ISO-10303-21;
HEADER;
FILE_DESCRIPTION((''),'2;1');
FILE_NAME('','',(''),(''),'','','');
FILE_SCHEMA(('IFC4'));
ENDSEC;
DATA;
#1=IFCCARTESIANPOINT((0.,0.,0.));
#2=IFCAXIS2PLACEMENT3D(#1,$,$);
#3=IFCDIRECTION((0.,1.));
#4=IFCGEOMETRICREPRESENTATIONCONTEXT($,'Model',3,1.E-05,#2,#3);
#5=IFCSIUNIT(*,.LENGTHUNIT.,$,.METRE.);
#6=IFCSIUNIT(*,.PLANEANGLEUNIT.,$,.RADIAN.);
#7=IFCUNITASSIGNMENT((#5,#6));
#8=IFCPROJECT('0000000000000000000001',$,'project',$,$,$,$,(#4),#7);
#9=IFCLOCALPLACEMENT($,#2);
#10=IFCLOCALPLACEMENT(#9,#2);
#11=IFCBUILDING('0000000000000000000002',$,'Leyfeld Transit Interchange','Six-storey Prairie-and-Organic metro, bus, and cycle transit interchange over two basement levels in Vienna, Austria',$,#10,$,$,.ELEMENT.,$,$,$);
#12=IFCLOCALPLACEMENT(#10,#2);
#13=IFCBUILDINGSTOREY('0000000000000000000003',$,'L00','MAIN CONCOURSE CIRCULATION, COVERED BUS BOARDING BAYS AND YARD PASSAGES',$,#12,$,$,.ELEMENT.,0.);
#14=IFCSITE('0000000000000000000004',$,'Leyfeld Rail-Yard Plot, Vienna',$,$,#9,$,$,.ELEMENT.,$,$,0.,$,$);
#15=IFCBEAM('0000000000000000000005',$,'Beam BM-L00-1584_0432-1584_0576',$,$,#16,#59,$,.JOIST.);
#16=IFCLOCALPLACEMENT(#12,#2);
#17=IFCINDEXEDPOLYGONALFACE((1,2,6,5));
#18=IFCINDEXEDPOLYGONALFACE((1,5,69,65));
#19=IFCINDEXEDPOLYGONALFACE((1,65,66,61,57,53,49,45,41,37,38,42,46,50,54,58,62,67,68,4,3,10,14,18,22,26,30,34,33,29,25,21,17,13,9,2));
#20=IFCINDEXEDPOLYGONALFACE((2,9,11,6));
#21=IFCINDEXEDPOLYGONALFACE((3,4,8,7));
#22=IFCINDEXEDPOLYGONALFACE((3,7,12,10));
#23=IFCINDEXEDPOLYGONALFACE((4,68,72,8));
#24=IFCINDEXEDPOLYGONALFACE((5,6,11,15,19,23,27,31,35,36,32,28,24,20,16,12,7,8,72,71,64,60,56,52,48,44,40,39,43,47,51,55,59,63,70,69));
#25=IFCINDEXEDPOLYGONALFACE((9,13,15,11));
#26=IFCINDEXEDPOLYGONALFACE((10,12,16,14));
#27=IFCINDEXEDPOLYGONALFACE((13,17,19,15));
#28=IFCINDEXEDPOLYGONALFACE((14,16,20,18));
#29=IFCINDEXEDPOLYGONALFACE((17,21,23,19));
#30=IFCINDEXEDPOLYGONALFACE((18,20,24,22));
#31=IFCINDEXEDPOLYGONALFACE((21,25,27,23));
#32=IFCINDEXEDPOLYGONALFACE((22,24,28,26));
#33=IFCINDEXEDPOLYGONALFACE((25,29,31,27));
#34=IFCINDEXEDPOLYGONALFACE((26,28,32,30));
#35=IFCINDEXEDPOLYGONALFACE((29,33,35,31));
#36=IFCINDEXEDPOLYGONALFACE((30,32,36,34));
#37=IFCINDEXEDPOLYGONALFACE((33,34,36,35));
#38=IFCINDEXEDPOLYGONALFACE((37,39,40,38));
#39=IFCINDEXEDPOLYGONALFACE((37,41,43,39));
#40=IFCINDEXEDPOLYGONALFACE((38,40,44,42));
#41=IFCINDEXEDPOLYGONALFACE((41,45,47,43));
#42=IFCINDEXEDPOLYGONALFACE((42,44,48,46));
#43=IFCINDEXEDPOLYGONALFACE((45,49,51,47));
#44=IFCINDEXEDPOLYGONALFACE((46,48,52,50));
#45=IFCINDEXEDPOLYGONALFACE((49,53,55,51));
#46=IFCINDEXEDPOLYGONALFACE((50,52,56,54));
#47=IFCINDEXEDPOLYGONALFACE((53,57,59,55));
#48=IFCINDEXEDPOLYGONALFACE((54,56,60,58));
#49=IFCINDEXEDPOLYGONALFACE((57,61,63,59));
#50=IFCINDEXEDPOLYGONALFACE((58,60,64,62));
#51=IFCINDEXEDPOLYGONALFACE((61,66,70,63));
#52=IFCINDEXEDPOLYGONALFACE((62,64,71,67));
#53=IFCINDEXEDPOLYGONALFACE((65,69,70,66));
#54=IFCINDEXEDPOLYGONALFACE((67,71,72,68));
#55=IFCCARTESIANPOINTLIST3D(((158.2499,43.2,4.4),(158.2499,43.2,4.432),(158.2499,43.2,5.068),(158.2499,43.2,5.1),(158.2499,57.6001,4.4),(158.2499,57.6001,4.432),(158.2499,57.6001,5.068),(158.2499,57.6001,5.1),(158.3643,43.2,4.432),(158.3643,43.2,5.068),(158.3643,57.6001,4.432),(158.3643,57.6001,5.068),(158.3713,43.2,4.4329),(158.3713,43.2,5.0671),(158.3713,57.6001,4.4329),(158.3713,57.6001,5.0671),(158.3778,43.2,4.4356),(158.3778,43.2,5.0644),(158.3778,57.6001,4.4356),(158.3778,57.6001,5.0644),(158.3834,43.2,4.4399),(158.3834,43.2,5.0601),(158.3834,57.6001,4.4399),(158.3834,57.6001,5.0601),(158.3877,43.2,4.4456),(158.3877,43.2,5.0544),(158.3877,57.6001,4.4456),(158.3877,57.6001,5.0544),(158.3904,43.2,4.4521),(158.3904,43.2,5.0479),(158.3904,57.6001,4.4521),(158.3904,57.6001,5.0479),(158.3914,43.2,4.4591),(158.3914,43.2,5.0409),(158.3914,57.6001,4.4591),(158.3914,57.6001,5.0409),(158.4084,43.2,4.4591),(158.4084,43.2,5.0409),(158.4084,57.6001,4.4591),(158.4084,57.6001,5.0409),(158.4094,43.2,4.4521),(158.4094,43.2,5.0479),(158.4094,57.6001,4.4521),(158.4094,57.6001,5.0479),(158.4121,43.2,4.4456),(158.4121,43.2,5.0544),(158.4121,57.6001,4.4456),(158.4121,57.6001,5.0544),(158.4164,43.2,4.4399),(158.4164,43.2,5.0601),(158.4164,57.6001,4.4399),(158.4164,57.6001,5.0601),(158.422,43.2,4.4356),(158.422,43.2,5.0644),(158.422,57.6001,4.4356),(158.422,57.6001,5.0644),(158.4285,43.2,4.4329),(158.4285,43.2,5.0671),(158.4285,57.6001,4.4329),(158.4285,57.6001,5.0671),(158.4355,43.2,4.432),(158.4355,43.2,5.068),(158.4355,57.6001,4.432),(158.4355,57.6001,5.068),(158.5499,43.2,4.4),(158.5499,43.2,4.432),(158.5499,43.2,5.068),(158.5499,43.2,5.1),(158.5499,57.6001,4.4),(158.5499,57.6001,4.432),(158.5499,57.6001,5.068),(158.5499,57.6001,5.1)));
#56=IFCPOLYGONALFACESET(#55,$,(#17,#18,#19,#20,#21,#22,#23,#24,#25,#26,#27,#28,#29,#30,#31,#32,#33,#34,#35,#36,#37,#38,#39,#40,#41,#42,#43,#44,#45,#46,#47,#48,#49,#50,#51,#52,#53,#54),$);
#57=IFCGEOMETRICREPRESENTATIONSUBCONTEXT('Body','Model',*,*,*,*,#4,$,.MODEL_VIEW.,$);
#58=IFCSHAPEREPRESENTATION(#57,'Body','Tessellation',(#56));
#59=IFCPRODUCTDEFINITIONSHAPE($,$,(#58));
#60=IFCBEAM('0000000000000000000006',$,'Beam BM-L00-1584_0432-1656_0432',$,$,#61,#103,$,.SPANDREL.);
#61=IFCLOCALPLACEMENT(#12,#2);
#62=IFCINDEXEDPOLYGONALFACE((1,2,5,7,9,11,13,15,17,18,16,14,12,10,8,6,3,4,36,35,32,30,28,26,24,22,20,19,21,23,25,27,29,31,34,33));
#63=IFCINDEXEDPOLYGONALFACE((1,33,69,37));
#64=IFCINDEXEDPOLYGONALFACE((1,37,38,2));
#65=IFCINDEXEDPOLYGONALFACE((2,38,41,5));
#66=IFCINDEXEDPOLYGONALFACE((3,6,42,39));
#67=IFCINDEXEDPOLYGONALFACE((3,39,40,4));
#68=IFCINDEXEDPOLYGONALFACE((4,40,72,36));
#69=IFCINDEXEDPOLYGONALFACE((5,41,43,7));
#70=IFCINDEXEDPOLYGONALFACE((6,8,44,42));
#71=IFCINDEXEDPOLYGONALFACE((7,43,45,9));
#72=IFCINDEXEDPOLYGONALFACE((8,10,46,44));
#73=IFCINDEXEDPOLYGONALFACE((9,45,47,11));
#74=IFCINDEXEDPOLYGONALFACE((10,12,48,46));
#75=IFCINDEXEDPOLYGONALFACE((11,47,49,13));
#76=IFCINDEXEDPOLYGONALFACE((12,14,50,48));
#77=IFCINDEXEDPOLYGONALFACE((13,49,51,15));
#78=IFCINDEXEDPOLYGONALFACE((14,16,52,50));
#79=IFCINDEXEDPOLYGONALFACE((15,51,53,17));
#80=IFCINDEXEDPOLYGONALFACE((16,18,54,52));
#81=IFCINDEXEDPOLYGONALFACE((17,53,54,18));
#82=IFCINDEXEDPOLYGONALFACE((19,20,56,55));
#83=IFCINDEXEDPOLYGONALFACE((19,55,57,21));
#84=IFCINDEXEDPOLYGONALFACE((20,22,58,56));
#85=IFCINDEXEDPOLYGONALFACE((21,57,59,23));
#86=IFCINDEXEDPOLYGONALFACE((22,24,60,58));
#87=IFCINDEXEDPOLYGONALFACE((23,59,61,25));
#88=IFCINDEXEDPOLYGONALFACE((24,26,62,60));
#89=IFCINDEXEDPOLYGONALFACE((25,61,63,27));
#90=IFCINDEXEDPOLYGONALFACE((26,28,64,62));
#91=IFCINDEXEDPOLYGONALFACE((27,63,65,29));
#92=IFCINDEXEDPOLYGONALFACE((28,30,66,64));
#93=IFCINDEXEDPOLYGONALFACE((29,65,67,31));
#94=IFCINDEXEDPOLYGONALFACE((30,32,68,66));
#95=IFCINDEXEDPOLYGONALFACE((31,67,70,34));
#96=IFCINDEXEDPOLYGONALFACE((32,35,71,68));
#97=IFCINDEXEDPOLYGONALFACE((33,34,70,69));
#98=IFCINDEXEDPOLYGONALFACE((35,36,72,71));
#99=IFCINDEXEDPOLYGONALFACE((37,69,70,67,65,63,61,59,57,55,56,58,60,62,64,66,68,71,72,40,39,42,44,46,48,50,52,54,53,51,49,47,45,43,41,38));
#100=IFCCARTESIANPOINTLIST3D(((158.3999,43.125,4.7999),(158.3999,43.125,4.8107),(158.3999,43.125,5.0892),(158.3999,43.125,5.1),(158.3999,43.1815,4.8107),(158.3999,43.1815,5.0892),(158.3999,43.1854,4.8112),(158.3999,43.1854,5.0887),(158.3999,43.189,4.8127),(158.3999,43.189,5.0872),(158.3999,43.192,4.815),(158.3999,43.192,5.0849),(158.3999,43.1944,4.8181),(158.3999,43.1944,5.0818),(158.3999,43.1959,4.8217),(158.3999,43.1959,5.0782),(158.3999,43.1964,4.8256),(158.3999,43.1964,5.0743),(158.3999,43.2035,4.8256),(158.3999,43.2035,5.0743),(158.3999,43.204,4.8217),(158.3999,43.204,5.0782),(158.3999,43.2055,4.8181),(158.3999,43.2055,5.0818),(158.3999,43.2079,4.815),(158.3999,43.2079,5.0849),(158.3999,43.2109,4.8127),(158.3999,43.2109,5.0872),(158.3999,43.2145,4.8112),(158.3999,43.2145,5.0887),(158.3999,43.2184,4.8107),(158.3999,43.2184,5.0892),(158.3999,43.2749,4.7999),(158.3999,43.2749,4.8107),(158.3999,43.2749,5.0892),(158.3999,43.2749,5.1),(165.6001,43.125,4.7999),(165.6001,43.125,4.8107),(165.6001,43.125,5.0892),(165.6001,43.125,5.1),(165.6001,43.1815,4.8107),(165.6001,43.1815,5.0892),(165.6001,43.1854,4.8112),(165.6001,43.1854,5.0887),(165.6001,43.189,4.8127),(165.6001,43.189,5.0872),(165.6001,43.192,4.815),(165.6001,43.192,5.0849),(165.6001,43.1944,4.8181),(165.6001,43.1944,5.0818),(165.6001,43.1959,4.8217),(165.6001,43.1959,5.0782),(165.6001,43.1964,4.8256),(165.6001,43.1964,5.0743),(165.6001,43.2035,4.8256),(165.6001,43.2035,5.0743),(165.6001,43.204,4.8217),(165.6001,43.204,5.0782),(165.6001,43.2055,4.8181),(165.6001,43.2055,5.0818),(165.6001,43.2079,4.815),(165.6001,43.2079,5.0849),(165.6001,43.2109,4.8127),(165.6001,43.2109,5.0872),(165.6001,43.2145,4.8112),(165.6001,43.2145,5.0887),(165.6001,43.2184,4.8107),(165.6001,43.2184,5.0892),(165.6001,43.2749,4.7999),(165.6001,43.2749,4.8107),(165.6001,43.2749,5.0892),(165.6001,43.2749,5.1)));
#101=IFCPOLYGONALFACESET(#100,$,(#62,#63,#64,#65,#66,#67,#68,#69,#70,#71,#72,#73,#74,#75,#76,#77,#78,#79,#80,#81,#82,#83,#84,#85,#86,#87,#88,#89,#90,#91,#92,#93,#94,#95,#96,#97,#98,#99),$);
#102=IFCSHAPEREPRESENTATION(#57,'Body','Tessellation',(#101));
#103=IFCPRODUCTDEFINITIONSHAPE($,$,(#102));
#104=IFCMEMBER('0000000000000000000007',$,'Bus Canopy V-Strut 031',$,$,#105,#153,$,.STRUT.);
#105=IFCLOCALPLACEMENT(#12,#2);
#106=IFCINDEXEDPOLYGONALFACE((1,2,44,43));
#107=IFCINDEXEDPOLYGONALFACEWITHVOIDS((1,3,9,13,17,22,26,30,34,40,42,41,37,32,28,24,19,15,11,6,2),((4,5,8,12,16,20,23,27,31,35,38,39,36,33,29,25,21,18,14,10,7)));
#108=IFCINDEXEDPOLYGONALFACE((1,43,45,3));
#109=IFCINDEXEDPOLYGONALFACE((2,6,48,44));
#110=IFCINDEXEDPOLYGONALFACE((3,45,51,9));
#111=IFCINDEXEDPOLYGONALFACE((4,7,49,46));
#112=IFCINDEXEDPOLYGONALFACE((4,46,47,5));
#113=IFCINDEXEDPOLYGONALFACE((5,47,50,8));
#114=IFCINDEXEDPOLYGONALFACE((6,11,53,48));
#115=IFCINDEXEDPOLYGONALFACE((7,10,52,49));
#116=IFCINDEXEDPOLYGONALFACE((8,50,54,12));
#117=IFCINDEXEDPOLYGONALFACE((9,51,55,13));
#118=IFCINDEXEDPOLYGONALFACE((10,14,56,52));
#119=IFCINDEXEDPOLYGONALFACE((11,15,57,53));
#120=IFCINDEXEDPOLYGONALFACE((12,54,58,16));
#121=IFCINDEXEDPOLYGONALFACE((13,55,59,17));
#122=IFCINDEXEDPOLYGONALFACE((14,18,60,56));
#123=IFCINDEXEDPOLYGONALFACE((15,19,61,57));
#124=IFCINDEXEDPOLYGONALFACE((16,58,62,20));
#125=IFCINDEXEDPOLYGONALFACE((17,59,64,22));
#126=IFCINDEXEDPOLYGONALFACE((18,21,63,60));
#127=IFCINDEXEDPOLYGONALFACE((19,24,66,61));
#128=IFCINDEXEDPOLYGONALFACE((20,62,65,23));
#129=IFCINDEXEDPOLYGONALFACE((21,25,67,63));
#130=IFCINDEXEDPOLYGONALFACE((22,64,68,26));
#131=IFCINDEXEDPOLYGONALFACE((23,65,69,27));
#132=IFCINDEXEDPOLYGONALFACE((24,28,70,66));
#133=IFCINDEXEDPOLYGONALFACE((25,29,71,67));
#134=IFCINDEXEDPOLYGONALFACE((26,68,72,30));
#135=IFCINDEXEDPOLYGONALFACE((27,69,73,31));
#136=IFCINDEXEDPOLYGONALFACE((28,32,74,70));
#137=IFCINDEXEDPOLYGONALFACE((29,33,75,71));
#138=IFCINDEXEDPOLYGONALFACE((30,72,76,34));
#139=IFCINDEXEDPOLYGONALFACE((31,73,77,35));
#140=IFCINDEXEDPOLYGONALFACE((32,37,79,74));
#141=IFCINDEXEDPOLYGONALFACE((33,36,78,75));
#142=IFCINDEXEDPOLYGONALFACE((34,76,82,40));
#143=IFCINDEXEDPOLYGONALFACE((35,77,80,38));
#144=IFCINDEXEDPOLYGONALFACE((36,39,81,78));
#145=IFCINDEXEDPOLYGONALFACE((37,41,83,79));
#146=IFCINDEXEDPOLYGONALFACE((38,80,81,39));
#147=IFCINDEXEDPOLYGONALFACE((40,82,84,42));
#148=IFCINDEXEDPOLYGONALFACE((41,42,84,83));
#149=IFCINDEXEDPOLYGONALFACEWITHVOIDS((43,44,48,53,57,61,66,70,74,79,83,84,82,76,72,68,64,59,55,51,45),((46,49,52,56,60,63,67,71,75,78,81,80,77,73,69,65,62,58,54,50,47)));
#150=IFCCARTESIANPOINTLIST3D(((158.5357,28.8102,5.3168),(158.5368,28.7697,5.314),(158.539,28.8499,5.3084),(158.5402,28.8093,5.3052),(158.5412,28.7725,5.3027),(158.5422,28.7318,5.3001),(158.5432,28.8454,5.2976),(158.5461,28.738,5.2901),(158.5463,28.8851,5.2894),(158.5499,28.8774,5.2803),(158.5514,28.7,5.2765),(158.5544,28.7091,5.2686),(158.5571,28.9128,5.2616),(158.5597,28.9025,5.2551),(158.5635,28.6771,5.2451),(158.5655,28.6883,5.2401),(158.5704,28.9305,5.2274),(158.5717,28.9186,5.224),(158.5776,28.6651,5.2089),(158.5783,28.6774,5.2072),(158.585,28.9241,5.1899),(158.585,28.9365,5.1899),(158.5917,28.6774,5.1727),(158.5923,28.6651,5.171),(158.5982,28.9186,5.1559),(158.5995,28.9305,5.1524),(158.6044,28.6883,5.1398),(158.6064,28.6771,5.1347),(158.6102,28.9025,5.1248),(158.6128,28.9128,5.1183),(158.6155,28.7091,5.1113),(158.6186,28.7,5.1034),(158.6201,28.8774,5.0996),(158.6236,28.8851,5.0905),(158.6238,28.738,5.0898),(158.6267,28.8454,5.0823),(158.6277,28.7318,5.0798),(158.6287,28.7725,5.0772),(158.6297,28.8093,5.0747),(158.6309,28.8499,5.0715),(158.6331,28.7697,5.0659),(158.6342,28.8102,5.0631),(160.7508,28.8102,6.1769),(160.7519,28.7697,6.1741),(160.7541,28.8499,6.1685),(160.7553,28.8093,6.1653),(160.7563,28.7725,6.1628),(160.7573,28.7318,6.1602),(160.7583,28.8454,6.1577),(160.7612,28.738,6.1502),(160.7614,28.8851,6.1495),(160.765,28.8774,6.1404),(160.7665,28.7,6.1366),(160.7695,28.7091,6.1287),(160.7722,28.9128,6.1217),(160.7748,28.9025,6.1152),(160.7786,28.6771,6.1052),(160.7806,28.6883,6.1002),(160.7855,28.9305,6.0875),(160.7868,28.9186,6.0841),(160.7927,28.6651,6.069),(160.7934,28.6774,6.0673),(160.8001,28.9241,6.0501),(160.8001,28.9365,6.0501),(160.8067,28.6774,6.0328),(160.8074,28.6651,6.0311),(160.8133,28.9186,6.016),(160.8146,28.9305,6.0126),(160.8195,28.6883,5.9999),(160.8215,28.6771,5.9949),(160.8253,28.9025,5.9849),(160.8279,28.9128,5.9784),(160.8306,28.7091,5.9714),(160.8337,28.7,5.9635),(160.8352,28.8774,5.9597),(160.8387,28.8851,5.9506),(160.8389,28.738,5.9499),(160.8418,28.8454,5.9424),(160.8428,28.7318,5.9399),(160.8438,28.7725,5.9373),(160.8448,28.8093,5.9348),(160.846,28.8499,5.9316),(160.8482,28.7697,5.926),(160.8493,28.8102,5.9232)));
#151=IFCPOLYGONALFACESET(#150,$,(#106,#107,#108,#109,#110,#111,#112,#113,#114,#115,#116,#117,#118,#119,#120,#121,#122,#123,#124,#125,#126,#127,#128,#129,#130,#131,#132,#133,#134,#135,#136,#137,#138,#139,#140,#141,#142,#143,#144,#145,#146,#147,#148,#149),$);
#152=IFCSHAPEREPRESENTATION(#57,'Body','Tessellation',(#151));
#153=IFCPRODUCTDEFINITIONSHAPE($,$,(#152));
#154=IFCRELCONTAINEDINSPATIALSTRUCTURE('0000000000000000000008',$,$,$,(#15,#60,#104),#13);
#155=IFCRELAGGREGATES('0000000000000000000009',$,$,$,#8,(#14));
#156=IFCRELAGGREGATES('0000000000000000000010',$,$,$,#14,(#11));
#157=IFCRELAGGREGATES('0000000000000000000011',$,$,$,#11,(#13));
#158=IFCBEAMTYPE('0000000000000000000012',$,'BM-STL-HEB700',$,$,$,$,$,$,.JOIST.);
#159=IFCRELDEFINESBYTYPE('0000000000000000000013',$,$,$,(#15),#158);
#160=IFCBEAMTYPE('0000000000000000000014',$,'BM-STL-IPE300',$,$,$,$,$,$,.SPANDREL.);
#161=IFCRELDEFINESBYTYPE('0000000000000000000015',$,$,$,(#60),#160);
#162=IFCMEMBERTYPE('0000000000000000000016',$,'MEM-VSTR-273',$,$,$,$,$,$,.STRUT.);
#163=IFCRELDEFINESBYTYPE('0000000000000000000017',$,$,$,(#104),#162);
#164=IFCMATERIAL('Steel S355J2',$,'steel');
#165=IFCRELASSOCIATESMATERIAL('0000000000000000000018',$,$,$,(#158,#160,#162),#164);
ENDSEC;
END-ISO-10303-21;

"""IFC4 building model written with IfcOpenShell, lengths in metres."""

from ifc_helpers import new_model, si_unit, direction, frame, origin, origin_2d, place, context, subcontext, project, spatial, hollow_circle, i_section, extrude, material, material_profile, profile_set, type_object, element, save


model = new_model("IFC4")

# Units and contexts
model_context = context("Model", 3, precision=1e-05, world=origin(), true_north=direction((0.0, 1.0)))
body_context = subcontext(model_context, "Body", "Model", "MODEL_VIEW")
ifc_project = project(units=[si_unit("LENGTHUNIT", "METRE"), si_unit("PLANEANGLEUNIT", "RADIAN")], contexts=[model_context])

# Site, building, storey
site_placement = place(None, origin())
site = spatial("IfcSite", under=ifc_project, at=site_placement, Name="Leyfeld Rail-Yard Plot, Vienna", CompositionType="ELEMENT", RefElevation=0.0)
building_placement = place(site_placement, origin())
building = spatial("IfcBuilding", under=site, at=building_placement, Name="Leyfeld Transit Interchange", Description="Six-storey Prairie-and-Organic metro, bus, and cycle transit interchange over two basement levels in Vienna, Austria", CompositionType="ELEMENT")
storey_placement = place(building_placement, origin())
storey = spatial("IfcBuildingStorey", under=building, at=storey_placement, Name="L00", Description="MAIN CONCOURSE CIRCULATION, COVERED BUS BOARDING BAYS AND YARD PASSAGES", CompositionType="ELEMENT", Elevation=0.0)

# Shared definitions
ifc_material_1 = material(Name="Steel S355J2", Category="steel")

# Beams
ifc_material_profile_1 = material_profile(ifc_material_1, i_section(OverallWidth=0.3, OverallDepth=0.7, WebThickness=0.0171, FlangeThickness=0.032, FilletRadius=0.0271, at=origin_2d()), Name="HEB 700")
ifc_profile_set_1 = profile_set([ifc_material_profile_1], Name="Steel S355J2")
beam_type_1 = type_object("IfcBeamType", Name="BM-STL-HEB700", PredefinedType="JOIST", material=ifc_profile_set_1)
beam_1_placement = place(storey_placement, frame((158.3999, 43.2, 4.75), z_axis=(0.0, 1.0, 0.0), x_axis=(-1.0, 0.0, 0.0)))
element("IfcBeam", 1, at=beam_1_placement, inside=storey, type_object=beam_type_1, Name="Beam BM-L00-1584_0432-1584_0576", PredefinedType="JOIST", context=body_context, shape_type="SweptSolid", body=[
    extrude(i_section(OverallWidth=0.3, OverallDepth=0.7, WebThickness=0.0171, FlangeThickness=0.032, FilletRadius=0.0271, at=origin_2d()), origin(), (0.0, 0.0, 1.0), 14.4001),
])
ifc_material_profile_2 = material_profile(ifc_material_1, i_section(OverallWidth=0.1499, OverallDepth=0.3, WebThickness=0.0071, FlangeThickness=0.0107, FilletRadius=0.0149, at=origin_2d()), Name="IPE 300")
ifc_profile_set_2 = profile_set([ifc_material_profile_2], Name="Steel S355J2")
beam_type_2 = type_object("IfcBeamType", Name="BM-STL-IPE300", PredefinedType="SPANDREL", material=ifc_profile_set_2)
beam_2_placement = place(storey_placement, frame((158.3999, 43.2, 4.95), z_axis=(1.0, 0.0, 0.0), x_axis=(0.0, 1.0, 0.0)))
element("IfcBeam", 2, at=beam_2_placement, inside=storey, type_object=beam_type_2, Name="Beam BM-L00-1584_0432-1656_0432", PredefinedType="SPANDREL", context=body_context, shape_type="SweptSolid", body=[
    extrude(i_section(OverallWidth=0.1499, OverallDepth=0.3, WebThickness=0.0071, FlangeThickness=0.0107, FilletRadius=0.0149, at=origin_2d()), origin(), (0.0, 0.0, 1.0), 7.2002),
])

# Member
ifc_material_profile_3 = material_profile(ifc_material_1, hollow_circle(Radius=0.1365, WallThickness=0.0125, at=origin_2d()), Name="CHS 273x12.5")
ifc_profile_set_3 = profile_set([ifc_material_profile_3], Name="Steel S355J2")
member_type_1 = type_object("IfcMemberType", Name="MEM-VSTR-273", PredefinedType="STRUT", material=ifc_profile_set_3)
member_1_placement = place(storey_placement, frame((158.585, 28.8, 5.1899), z_axis=(0.932192, 0.0, 0.361965), x_axis=(0.0, 1.0, 0.0)))
element("IfcMember", 3, at=member_1_placement, inside=storey, type_object=member_type_1, Name="Bus Canopy V-Strut 031", PredefinedType="STRUT", context=body_context, shape_type="SweptSolid", body=[
    extrude(hollow_circle(Radius=0.1365, WallThickness=0.0125, at=origin_2d()), origin(), (0.0, 0.0, 1.0), 2.3762),
])

save(model, "model.ifc")
